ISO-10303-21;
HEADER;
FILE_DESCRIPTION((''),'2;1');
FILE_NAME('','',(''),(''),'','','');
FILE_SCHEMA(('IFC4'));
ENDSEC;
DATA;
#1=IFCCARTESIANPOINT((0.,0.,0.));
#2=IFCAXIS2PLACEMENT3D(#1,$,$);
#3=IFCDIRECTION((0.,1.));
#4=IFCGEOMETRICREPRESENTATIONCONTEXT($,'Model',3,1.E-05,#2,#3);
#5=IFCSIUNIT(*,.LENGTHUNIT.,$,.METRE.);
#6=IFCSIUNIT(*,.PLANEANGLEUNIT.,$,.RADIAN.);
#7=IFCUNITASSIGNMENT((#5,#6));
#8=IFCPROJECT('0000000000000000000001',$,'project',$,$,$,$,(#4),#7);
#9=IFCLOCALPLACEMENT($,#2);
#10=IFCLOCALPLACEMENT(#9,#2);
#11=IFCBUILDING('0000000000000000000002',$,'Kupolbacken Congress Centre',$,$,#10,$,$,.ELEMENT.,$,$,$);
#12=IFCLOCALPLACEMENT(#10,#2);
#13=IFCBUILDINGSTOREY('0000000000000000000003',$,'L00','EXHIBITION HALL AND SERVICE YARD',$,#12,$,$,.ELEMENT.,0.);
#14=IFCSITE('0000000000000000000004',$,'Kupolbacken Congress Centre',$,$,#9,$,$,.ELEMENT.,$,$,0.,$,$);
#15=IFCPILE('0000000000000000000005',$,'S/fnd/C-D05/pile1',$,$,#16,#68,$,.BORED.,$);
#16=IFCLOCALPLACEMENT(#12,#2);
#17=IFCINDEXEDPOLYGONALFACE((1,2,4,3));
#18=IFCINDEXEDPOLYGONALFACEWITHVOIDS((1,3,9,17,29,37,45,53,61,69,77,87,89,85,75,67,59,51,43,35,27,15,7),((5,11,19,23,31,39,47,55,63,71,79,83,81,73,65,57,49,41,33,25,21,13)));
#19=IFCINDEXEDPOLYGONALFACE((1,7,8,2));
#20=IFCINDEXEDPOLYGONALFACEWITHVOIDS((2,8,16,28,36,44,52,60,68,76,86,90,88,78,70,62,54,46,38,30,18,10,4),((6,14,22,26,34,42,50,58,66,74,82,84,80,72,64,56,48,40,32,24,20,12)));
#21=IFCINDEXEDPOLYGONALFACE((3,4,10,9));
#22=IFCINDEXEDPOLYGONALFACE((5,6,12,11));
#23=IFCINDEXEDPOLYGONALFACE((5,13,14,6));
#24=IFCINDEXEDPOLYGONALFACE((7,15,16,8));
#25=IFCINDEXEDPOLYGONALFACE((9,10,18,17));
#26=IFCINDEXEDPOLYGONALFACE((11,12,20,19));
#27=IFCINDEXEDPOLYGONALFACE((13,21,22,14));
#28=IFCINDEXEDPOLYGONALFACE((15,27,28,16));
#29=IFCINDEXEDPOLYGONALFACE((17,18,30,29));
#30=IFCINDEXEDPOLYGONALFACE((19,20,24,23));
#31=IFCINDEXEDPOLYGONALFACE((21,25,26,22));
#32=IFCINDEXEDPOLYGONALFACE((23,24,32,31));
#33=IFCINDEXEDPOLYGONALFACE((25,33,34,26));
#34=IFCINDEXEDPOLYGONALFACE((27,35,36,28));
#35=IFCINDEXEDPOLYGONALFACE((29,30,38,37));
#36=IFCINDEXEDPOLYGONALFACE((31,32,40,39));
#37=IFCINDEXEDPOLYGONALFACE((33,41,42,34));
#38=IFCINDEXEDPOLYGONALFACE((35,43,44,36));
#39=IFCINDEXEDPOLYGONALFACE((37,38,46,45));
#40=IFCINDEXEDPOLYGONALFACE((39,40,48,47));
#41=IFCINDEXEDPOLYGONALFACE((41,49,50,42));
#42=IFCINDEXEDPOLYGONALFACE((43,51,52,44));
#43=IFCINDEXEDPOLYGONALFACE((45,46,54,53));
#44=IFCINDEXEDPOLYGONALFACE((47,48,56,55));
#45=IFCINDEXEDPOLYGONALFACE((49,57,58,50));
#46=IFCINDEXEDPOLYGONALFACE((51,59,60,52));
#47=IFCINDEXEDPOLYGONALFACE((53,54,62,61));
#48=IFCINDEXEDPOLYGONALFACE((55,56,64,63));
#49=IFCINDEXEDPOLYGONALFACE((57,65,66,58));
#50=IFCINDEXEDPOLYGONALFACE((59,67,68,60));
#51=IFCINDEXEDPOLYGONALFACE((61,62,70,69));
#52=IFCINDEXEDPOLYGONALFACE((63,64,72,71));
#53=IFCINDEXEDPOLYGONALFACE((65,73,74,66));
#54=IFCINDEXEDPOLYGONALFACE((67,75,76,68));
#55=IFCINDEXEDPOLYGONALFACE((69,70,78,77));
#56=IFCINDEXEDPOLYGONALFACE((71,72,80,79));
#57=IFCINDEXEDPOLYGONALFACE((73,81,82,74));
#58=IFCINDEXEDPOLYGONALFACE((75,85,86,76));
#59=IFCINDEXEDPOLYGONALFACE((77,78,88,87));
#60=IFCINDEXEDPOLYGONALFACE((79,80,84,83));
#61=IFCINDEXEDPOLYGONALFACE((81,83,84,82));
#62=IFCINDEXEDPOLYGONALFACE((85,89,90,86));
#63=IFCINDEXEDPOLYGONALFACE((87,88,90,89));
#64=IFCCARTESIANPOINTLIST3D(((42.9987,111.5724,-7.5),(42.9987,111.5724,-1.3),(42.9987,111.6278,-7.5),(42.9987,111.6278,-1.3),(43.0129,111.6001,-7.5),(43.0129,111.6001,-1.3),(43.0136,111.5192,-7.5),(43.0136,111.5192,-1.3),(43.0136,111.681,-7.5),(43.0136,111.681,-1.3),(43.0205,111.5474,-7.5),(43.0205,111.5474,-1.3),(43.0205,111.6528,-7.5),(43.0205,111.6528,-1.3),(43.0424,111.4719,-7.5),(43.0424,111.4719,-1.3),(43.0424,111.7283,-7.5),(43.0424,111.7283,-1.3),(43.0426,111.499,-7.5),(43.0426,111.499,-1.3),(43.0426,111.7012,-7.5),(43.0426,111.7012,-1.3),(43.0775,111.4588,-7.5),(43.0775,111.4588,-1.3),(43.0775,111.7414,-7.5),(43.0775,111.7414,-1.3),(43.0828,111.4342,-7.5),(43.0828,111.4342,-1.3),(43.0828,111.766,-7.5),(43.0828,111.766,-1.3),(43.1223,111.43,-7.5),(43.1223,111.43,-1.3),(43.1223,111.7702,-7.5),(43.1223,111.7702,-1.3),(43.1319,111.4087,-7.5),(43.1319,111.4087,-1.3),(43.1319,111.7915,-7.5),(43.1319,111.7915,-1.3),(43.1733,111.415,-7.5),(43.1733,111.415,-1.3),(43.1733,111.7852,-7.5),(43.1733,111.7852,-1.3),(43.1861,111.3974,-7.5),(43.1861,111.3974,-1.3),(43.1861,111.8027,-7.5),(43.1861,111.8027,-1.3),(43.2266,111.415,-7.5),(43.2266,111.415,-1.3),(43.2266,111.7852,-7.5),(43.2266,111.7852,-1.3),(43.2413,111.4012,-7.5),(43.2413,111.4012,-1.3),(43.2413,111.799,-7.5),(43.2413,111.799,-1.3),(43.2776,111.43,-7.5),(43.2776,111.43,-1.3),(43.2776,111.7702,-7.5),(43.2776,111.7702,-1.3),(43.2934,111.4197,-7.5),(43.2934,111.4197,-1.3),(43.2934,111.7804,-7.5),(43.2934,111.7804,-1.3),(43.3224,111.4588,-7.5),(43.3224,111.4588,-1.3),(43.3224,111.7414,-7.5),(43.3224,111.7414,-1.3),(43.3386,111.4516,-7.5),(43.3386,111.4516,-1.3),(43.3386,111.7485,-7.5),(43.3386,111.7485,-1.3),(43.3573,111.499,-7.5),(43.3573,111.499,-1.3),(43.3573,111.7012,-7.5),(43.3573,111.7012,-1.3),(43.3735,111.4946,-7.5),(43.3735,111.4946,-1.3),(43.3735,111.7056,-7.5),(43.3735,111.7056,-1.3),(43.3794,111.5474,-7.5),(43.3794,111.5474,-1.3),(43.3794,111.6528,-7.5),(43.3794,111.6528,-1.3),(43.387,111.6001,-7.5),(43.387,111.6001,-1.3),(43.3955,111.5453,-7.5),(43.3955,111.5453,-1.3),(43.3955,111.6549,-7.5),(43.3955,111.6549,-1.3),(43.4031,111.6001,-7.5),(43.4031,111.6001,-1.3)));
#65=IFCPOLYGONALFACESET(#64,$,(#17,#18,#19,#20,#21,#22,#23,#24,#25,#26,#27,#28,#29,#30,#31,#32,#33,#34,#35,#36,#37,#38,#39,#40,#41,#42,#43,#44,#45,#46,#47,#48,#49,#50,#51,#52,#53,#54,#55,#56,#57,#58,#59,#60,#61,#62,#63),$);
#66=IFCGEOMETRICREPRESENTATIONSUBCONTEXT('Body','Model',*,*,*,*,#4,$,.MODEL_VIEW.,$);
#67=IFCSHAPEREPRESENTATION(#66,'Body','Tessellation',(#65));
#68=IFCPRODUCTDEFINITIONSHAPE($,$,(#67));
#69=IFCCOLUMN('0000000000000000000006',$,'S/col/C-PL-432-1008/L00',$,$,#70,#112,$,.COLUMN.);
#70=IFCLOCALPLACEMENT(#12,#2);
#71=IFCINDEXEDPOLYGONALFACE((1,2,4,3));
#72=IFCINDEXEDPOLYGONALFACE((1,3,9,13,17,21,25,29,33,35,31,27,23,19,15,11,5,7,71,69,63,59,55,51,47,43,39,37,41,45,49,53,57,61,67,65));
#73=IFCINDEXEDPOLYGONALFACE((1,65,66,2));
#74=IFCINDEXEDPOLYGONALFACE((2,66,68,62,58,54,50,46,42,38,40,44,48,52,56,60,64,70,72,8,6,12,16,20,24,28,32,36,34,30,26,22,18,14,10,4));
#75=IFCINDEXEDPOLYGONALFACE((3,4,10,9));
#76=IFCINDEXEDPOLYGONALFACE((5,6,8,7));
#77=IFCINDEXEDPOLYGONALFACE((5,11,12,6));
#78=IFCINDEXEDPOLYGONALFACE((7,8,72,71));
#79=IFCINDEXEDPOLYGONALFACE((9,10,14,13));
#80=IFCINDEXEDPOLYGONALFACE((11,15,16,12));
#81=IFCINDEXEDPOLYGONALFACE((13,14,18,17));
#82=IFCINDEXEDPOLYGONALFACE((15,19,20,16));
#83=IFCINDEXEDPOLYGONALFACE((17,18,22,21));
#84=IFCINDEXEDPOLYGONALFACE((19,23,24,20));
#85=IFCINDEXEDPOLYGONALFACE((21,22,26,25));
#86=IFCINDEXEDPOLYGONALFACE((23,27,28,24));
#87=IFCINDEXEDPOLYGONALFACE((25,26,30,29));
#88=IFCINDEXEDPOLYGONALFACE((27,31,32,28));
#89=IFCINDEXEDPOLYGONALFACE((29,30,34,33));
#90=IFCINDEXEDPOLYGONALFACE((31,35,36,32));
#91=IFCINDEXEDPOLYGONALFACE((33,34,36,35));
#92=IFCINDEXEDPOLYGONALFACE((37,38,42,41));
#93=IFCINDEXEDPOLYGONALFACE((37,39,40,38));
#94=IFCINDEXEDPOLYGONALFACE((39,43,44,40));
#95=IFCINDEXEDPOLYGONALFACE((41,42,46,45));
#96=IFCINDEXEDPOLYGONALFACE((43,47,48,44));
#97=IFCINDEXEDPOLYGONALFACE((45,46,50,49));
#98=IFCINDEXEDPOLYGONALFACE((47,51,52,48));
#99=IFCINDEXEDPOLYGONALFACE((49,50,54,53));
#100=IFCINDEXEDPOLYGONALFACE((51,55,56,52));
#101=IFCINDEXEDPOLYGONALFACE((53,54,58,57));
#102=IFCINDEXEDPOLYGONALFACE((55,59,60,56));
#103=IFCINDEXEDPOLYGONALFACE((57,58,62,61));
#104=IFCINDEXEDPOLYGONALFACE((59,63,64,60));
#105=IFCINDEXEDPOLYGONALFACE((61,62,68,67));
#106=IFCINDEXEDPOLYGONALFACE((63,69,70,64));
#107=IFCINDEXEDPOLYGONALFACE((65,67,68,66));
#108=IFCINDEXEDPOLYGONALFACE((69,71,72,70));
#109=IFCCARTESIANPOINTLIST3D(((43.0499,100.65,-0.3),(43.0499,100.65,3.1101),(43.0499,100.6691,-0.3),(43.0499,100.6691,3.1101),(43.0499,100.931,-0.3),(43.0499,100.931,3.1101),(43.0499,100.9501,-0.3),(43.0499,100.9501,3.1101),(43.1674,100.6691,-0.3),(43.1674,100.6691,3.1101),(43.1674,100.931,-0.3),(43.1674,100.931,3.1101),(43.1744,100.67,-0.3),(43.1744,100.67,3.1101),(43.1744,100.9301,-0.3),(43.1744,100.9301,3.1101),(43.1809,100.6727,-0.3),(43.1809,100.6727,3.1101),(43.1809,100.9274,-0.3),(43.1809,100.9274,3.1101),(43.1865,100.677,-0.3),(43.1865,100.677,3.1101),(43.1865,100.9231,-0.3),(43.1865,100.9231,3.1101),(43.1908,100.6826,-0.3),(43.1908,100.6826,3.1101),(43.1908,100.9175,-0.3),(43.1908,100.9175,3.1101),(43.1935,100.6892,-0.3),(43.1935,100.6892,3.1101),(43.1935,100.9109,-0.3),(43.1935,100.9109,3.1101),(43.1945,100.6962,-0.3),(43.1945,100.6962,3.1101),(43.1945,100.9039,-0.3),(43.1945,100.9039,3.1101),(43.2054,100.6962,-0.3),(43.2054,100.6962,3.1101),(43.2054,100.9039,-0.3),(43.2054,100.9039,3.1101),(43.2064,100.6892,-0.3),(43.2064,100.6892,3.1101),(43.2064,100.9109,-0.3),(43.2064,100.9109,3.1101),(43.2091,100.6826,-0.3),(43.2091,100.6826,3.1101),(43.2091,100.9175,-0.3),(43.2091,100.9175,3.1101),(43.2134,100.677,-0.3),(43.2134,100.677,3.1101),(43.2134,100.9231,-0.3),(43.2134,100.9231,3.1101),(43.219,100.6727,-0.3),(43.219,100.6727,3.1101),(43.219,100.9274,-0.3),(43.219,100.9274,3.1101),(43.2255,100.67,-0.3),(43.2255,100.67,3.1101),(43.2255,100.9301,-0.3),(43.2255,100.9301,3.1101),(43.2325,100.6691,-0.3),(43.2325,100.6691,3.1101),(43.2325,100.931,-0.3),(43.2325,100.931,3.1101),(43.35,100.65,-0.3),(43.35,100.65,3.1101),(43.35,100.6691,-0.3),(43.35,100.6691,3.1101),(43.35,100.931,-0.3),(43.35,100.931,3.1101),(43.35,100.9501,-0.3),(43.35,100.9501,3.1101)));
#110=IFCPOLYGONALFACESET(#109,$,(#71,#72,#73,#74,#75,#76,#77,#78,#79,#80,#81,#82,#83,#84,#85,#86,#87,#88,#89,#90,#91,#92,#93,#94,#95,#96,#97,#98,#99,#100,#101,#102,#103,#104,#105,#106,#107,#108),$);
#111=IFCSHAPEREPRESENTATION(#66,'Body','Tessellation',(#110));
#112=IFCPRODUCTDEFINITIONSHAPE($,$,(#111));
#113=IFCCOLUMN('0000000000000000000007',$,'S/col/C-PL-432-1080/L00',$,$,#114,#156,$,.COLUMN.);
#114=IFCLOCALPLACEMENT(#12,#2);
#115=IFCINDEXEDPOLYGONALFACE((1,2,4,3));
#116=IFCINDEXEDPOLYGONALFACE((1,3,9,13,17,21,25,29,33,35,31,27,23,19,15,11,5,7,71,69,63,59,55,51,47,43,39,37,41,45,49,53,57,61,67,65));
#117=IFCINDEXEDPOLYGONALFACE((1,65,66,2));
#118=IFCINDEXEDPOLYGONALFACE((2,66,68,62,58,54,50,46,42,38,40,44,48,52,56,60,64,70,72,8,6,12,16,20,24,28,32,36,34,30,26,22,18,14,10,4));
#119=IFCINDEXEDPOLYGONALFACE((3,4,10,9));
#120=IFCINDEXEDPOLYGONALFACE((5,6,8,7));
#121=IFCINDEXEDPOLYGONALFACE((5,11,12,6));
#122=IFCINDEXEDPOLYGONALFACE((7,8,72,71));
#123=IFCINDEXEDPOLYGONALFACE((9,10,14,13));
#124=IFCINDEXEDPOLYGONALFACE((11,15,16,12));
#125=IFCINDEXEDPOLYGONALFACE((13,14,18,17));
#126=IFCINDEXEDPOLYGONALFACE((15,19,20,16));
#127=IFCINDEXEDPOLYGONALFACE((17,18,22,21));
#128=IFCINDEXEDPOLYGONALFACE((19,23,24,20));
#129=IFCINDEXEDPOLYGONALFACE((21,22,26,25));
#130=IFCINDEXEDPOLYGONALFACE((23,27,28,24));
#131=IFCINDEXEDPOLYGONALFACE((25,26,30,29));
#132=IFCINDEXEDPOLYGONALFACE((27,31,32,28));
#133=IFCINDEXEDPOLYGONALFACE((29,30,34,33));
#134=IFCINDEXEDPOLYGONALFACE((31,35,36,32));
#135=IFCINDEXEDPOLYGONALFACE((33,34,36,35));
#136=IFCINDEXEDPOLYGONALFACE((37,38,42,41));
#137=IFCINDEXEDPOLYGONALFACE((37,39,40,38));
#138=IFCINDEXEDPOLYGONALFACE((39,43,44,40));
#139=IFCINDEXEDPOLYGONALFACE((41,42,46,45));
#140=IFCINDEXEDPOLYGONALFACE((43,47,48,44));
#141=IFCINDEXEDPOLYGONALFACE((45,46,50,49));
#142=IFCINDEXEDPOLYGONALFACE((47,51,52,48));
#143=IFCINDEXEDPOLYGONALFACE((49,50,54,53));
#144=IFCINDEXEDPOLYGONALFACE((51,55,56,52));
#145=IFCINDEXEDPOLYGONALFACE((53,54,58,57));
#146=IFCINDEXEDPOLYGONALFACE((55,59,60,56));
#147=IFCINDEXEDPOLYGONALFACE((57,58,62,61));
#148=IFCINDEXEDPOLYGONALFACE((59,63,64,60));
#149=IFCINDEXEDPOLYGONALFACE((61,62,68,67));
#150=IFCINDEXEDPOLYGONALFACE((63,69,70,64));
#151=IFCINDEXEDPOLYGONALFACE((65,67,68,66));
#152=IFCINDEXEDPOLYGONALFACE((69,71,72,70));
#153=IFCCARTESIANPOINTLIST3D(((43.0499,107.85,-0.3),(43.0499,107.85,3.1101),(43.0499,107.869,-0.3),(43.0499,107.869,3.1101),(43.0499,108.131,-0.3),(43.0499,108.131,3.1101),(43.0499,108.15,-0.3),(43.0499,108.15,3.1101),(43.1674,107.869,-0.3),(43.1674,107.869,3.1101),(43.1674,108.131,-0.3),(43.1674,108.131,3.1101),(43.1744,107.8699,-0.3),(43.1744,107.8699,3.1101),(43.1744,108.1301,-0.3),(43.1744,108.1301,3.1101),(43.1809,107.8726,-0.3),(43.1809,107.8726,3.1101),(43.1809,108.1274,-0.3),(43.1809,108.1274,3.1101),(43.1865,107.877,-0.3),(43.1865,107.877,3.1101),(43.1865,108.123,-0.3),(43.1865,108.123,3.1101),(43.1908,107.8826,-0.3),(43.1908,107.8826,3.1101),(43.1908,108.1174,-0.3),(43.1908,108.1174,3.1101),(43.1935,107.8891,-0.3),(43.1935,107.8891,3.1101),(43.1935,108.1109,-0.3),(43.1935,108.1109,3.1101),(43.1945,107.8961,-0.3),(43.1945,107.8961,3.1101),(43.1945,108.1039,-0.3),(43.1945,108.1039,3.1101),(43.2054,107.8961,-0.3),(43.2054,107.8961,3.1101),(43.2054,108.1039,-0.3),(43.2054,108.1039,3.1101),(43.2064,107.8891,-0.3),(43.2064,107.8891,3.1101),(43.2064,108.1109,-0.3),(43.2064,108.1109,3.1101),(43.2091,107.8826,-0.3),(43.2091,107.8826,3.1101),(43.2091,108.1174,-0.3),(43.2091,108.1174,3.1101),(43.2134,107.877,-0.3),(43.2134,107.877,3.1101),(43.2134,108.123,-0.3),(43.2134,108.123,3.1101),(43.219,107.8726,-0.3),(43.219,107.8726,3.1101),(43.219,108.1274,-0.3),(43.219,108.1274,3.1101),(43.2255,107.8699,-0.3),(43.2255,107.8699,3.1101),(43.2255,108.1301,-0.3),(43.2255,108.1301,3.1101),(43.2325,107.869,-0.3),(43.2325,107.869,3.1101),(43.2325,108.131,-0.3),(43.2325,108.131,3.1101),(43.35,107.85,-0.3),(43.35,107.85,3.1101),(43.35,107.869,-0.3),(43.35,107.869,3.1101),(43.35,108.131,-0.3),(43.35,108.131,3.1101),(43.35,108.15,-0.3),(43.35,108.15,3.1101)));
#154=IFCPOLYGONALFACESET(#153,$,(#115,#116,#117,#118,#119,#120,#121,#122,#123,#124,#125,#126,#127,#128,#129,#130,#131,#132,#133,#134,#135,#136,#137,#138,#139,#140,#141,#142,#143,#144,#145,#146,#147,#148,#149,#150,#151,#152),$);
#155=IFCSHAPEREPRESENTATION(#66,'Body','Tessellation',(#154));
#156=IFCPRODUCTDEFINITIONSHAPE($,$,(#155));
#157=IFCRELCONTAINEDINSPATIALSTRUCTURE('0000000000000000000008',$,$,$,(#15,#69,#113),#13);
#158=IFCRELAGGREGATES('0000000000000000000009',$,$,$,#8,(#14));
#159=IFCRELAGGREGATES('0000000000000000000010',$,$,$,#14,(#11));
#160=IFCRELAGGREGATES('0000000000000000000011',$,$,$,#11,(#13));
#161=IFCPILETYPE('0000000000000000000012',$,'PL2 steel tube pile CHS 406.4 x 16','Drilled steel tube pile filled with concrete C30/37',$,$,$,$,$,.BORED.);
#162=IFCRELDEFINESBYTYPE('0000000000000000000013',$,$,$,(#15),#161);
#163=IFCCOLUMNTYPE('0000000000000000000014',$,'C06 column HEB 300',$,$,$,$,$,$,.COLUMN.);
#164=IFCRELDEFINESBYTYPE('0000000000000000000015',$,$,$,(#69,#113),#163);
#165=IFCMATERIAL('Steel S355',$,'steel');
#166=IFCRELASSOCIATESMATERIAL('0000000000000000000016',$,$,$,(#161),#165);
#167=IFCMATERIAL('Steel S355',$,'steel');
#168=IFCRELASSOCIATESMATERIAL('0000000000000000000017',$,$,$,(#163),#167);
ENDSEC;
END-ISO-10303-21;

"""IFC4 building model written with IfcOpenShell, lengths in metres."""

from ifc_helpers import new_model, si_unit, direction, frame, origin, origin_2d, place, context, subcontext, project, spatial, hollow_circle, i_section, extrude, material, material_profile, profile_set, type_object, element, save


model = new_model("IFC4")

# Units and contexts
model_context = context("Model", 3, precision=1e-05, world=origin(), true_north=direction((0.0, 1.0)))
body_context = subcontext(model_context, "Body", "Model", "MODEL_VIEW")
ifc_project = project(units=[si_unit("LENGTHUNIT", "METRE"), si_unit("PLANEANGLEUNIT", "RADIAN")], contexts=[model_context])

# Site, building, storey
site_placement = place(None, origin())
site = spatial("IfcSite", under=ifc_project, at=site_placement, Name="Kupolbacken Congress Centre", CompositionType="ELEMENT", RefElevation=0.0)
building_placement = place(site_placement, origin())
building = spatial("IfcBuilding", under=site, at=building_placement, Name="Kupolbacken Congress Centre", CompositionType="ELEMENT")
storey_placement = place(building_placement, origin())
storey = spatial("IfcBuildingStorey", under=building, at=storey_placement, Name="L00", Description="EXHIBITION HALL AND SERVICE YARD", CompositionType="ELEMENT", Elevation=0.0)

# Pile
ifc_material_1 = material(Name="Steel S355", Category="steel")
ifc_material_profile_1 = material_profile(ifc_material_1, hollow_circle(Radius=0.2031, WallThickness=0.0161, at=origin_2d()), Name="CHS 406.4 x 16")
ifc_profile_set_1 = profile_set([ifc_material_profile_1], Name="Steel S355")
pile_type_1 = type_object("IfcPileType", Name="PL2 steel tube pile CHS 406.4 x 16", Description="Drilled steel tube pile filled with concrete C30/37", PredefinedType="BORED", material=ifc_profile_set_1)
pile_placement = place(storey_placement, frame((43.2, 111.6001, -1.3), z_axis=(0.0, 0.0, -1.0), x_axis=(1.0, 0.0, 0.0)))
element("IfcPile", 1, at=pile_placement, inside=storey, type_object=pile_type_1, Name="S/fnd/C-D05/pile1", PredefinedType="BORED", context=body_context, shape_type="SweptSolid", body=[
    extrude(hollow_circle(Radius=0.2031, WallThickness=0.0161, at=origin_2d()), origin(), (0.0, 0.0, 1.0), 6.2),
])

# Columns
ifc_material_2 = material(Name="Steel S355", Category="steel")
ifc_material_profile_2 = material_profile(ifc_material_2, i_section(OverallWidth=0.3, OverallDepth=0.3, WebThickness=0.011, FlangeThickness=0.019, FilletRadius=0.0271, at=origin_2d()), Name="HEB 300")
ifc_profile_set_2 = profile_set([ifc_material_profile_2], Name="Steel S355")
column_type_1 = type_object("IfcColumnType", Name="C06 column HEB 300", PredefinedType="COLUMN", material=ifc_profile_set_2)
for number, where, z_axis, x_axis, name in (
    (2, (43.2, 100.8, -0.3), (0.0, 0.0, 1.0), (1.0, 0.0, 0.0), "S/col/C-PL-432-1008/L00"),
    (3, (43.2, 108.0, -0.3), (0.0, 0.0, 1.0), (1.0, 0.0, 0.0), "S/col/C-PL-432-1080/L00"),
):
    element("IfcColumn", number, at=place(storey_placement, frame(where, z_axis=z_axis, x_axis=x_axis)), inside=storey, type_object=column_type_1, Name=name, PredefinedType="COLUMN", context=body_context, shape_type="SweptSolid", body=[
        extrude(i_section(OverallWidth=0.3, OverallDepth=0.3, WebThickness=0.011, FlangeThickness=0.019, FilletRadius=0.0271, at=origin_2d()), origin(), (0.0, 0.0, 1.0), 3.4102),
    ])

save(model, "model.ifc")
